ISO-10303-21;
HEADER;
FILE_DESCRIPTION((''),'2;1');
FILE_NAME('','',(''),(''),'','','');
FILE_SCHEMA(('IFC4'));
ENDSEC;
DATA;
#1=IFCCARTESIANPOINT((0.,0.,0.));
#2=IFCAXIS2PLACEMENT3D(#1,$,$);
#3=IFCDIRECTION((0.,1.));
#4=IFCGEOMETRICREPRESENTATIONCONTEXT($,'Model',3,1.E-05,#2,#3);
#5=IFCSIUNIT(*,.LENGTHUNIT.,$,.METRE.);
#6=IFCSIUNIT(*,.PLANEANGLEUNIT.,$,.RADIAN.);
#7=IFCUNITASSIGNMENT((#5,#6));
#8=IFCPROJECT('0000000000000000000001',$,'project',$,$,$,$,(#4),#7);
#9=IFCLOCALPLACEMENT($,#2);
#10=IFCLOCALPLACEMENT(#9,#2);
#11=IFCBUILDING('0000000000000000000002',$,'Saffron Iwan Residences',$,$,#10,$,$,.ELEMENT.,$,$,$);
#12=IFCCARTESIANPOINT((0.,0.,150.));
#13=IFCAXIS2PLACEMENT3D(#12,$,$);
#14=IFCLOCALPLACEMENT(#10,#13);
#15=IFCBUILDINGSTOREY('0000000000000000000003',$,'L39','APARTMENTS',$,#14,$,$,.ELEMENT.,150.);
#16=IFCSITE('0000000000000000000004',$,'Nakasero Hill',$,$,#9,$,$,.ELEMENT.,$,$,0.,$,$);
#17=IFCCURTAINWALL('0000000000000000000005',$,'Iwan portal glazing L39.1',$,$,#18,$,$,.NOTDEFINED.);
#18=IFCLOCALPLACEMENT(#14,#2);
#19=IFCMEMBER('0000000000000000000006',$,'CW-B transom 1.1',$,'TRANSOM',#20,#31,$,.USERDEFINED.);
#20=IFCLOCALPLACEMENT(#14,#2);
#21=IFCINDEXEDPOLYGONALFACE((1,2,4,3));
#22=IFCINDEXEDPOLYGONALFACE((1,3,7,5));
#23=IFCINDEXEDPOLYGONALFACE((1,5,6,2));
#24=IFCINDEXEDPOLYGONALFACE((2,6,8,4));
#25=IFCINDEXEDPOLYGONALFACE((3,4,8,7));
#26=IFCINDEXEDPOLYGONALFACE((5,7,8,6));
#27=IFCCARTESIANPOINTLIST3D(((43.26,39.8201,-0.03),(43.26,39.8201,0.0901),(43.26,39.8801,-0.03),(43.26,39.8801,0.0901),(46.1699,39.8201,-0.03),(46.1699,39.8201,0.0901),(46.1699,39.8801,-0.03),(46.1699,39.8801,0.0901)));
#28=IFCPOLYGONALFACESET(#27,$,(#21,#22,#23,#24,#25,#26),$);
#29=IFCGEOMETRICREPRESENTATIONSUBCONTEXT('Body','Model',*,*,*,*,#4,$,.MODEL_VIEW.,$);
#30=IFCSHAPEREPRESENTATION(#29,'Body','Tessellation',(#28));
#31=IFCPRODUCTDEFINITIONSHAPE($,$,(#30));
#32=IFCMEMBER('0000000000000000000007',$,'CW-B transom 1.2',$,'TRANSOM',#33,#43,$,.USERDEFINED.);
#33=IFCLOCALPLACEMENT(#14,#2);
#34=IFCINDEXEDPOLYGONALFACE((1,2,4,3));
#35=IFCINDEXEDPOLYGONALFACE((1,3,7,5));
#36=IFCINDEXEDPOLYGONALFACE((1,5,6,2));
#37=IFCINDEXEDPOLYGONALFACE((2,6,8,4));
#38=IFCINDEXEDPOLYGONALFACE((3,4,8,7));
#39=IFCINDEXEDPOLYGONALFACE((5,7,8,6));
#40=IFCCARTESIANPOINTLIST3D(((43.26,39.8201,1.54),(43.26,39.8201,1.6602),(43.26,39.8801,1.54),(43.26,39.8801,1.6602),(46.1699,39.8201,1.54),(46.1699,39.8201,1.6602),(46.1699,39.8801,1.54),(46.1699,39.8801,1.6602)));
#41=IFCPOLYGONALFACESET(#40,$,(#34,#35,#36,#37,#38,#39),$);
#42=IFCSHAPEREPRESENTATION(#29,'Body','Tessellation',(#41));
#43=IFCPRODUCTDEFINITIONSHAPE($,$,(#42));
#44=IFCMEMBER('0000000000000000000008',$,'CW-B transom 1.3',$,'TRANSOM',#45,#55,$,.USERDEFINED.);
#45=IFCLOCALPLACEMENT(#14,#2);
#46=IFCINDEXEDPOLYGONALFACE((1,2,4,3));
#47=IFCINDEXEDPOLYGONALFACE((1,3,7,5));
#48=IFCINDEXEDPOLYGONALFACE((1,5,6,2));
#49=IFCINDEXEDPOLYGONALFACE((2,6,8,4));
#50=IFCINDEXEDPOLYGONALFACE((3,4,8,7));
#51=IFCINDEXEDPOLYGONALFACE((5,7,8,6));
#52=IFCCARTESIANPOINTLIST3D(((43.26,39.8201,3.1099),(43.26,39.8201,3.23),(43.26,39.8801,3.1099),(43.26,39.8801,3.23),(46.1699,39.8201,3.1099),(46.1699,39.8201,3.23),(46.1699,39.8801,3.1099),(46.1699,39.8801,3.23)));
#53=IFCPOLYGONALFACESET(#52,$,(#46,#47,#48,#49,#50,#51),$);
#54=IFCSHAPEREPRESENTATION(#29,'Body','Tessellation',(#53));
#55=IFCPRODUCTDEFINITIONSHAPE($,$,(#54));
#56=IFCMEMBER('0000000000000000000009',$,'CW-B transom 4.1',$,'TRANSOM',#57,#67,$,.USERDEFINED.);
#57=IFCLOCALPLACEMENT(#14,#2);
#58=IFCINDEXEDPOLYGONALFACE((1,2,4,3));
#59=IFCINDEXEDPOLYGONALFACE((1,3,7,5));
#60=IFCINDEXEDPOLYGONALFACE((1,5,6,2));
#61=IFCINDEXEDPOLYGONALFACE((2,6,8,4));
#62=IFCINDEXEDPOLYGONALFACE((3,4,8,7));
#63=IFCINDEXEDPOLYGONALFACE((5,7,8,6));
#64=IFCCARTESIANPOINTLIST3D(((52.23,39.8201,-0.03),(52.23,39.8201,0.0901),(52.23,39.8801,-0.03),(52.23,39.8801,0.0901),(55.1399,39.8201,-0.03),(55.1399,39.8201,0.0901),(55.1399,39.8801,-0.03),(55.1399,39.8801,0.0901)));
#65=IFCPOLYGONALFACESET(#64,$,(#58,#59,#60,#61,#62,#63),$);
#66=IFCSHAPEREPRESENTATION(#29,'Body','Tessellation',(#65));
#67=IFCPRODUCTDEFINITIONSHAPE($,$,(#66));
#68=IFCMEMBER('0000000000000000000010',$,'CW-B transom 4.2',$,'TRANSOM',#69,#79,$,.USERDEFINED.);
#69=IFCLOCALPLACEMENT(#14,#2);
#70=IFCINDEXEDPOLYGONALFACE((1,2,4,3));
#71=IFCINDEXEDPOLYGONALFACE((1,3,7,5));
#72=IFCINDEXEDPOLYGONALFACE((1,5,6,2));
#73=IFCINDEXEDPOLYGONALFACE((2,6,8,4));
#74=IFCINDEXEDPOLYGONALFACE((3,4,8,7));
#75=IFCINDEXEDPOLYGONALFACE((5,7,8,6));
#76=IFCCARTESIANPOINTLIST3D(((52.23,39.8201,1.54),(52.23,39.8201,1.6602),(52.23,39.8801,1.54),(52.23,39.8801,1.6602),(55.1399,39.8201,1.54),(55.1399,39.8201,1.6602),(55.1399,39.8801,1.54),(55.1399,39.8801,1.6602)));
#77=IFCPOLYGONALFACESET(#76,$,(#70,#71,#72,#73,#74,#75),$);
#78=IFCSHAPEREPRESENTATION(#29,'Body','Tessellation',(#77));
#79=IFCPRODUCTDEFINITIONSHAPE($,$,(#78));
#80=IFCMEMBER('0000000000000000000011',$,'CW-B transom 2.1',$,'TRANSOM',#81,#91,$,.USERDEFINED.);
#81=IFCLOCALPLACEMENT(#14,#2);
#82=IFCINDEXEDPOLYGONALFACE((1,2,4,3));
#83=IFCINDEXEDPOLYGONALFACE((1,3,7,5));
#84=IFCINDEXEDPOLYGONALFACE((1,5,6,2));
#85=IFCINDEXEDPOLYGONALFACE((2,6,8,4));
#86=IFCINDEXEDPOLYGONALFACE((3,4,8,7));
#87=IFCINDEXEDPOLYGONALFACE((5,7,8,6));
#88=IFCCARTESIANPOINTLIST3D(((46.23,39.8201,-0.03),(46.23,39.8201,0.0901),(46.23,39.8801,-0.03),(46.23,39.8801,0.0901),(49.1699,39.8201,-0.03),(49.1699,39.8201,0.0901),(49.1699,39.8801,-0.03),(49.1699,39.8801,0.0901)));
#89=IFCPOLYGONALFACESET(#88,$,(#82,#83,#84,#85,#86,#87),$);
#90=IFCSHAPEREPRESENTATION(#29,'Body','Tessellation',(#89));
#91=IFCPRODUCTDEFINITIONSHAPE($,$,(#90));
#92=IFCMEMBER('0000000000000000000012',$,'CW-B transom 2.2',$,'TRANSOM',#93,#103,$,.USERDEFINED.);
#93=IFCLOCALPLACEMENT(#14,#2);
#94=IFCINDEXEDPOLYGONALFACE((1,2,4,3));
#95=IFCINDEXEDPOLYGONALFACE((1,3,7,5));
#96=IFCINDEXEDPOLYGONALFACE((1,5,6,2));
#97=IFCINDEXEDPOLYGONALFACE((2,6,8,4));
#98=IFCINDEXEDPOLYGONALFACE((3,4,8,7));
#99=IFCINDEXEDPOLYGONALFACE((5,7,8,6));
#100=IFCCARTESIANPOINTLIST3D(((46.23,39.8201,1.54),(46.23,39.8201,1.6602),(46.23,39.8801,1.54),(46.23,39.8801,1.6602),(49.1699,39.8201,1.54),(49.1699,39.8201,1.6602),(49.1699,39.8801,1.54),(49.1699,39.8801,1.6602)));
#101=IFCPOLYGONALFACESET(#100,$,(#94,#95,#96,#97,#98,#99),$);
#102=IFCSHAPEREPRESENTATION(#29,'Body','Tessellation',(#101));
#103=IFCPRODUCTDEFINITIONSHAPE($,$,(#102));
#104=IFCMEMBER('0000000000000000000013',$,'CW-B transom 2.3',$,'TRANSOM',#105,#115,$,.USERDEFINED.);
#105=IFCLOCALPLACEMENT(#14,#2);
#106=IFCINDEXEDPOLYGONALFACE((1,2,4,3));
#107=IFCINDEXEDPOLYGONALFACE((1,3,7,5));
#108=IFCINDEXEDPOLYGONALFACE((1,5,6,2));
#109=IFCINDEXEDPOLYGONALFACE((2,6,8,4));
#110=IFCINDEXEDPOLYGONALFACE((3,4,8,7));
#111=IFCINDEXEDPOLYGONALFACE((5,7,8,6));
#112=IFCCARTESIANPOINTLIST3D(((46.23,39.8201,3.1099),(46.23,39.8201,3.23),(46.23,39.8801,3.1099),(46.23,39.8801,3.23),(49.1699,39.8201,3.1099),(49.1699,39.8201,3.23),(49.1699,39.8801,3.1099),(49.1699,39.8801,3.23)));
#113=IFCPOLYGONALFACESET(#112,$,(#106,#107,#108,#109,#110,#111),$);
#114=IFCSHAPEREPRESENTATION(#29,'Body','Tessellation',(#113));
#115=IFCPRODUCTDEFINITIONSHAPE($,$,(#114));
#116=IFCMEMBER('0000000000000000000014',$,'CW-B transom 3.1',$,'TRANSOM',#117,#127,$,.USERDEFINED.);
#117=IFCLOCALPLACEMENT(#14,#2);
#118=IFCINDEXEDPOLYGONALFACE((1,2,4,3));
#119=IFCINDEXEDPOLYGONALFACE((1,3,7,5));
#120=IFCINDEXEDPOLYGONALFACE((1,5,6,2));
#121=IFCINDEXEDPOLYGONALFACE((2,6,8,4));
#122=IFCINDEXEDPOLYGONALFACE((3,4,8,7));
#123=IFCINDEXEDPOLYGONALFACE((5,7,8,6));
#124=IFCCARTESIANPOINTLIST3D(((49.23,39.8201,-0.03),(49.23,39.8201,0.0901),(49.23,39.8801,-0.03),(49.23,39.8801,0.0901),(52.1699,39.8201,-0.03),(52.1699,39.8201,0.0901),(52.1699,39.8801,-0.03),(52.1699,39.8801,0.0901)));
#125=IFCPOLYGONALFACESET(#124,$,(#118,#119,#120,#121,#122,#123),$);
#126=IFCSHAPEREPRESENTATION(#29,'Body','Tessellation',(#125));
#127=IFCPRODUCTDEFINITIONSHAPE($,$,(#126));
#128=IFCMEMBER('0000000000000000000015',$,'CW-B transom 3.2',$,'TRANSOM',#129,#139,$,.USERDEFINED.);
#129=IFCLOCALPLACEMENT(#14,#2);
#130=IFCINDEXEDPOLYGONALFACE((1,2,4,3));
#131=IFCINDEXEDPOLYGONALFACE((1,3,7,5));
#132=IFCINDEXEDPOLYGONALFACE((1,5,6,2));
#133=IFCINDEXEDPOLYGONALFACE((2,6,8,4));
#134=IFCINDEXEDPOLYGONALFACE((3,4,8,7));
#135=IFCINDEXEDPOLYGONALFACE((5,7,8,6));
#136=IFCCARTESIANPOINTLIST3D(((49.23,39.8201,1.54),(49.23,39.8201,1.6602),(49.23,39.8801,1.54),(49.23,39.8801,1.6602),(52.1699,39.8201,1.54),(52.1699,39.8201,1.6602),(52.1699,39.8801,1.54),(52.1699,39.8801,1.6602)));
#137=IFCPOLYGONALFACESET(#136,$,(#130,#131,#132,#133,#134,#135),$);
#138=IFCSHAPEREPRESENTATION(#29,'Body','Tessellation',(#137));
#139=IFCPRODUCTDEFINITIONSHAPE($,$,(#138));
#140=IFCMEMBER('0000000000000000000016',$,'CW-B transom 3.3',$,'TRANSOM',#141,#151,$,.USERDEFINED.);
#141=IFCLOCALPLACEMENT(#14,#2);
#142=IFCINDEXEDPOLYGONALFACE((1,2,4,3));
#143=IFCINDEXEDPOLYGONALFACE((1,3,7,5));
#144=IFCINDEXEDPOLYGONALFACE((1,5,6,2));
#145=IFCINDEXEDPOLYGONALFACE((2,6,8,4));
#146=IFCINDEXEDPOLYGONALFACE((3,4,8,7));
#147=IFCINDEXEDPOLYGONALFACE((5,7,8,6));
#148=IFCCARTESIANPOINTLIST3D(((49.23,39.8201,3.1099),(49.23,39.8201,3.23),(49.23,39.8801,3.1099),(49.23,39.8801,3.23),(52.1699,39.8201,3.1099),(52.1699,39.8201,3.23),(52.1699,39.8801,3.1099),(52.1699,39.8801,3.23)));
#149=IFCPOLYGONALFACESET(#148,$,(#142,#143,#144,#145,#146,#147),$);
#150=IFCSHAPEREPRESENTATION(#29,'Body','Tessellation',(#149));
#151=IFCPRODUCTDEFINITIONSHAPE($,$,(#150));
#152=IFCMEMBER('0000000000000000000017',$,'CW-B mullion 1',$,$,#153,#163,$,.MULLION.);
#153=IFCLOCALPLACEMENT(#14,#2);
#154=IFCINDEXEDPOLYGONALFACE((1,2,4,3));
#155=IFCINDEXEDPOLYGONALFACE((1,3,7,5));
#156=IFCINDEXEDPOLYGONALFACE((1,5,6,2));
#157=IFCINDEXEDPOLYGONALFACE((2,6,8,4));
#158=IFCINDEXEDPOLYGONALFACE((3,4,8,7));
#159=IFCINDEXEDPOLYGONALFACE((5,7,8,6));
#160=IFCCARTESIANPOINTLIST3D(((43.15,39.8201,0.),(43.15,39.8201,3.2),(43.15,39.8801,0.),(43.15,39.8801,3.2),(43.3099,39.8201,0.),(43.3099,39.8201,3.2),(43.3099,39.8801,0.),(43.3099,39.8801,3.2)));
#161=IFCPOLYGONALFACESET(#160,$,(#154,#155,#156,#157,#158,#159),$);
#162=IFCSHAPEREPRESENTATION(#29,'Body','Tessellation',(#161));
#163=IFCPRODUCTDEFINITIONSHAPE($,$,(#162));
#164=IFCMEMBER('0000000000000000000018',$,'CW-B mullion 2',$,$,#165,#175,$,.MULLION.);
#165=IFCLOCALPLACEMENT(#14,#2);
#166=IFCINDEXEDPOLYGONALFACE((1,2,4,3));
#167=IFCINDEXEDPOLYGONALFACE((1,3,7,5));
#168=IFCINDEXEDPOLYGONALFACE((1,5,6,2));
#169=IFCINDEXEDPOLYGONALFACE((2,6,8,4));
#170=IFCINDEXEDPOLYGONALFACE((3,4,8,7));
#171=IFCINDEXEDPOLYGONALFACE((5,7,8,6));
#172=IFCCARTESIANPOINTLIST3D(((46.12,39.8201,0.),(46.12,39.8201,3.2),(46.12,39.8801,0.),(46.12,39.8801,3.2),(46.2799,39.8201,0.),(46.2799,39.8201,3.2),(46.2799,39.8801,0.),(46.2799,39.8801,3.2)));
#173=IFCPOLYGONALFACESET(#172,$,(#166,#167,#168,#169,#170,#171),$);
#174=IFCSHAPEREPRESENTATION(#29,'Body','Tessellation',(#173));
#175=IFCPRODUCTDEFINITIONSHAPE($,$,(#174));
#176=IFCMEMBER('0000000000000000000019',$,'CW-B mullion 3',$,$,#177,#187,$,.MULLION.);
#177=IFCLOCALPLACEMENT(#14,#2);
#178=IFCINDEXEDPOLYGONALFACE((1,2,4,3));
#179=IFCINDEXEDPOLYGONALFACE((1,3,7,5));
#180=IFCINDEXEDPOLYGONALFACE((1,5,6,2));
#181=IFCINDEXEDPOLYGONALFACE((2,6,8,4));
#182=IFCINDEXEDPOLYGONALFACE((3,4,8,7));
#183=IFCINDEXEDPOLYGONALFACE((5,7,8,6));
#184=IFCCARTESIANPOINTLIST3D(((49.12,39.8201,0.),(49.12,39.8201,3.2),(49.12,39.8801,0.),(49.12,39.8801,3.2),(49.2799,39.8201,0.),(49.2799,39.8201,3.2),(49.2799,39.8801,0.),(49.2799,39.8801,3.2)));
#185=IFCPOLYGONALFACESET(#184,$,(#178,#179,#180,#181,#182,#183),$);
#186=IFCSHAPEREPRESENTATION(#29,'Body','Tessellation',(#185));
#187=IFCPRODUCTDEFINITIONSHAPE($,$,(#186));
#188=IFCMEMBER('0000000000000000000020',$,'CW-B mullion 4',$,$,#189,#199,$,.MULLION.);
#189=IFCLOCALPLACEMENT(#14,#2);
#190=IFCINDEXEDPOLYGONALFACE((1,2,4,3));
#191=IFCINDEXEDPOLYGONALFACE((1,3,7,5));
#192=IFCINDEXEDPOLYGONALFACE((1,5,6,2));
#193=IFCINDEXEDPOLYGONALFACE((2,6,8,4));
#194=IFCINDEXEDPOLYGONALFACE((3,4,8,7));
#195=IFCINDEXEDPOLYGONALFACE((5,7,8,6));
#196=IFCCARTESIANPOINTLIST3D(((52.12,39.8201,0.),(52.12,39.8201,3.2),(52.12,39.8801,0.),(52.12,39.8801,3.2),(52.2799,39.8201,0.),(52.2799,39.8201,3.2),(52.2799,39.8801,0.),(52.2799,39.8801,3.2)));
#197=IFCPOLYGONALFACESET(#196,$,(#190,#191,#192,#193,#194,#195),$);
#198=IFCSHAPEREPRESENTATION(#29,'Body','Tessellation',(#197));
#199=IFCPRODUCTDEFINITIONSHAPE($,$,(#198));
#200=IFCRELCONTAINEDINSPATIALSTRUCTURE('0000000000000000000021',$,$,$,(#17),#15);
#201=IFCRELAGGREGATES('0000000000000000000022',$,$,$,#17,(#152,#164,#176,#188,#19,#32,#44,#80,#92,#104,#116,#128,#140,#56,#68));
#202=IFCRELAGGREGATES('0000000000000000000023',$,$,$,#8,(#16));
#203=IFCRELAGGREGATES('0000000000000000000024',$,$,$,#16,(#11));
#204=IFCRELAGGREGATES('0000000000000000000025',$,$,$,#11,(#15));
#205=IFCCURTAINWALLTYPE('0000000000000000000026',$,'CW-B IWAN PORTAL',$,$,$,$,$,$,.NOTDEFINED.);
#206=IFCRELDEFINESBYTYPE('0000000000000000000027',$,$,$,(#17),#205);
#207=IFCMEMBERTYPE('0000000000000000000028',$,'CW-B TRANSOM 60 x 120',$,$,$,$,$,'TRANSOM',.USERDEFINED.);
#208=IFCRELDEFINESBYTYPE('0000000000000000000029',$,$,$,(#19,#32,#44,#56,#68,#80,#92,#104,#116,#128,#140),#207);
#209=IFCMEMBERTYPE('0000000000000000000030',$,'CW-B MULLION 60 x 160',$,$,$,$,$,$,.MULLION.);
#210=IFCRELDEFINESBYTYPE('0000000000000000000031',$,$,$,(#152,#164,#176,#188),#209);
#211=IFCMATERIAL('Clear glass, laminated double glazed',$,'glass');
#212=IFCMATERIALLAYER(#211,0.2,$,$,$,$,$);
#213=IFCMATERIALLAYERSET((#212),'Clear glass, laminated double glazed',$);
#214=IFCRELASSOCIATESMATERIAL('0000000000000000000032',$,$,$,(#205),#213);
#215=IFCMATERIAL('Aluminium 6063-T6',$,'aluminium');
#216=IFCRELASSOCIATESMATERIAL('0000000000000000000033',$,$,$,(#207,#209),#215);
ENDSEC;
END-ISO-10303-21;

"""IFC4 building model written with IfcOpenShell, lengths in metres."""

from ifc_helpers import new_model, si_unit, direction, frame, origin, origin_2d, place, context, subcontext, project, spatial, rectangle, extrude, source, transform, mapped, material, layer, layer_set, material_profile, profile_set, type_object, element, aggregate, save


model = new_model("IFC4")

# Units and contexts
model_context = context("Model", 3, precision=1e-05, world=origin(), true_north=direction((0.0, 1.0)))
body_context = subcontext(model_context, "Body", "Model", "MODEL_VIEW")
ifc_project = project(units=[si_unit("LENGTHUNIT", "METRE"), si_unit("PLANEANGLEUNIT", "RADIAN")], contexts=[model_context])

# Site, building, storey
site_placement = place(None, origin())
site = spatial("IfcSite", under=ifc_project, at=site_placement, Name="Nakasero Hill", CompositionType="ELEMENT", RefElevation=0.0)
building_placement = place(site_placement, origin())
building = spatial("IfcBuilding", under=site, at=building_placement, Name="Saffron Iwan Residences", CompositionType="ELEMENT")
storey_placement = place(building_placement, frame((0.0, 0.0, 150.0)))
storey = spatial("IfcBuildingStorey", under=building, at=storey_placement, Name="L39", Description="APARTMENTS", CompositionType="ELEMENT", Elevation=150.0)

# Curtain wall, members
ifc_material_1 = material(Name="Clear glass, laminated double glazed", Category="glass")
ifc_layer_1 = layer(ifc_material_1, 0.2)
ifc_layer_set_1 = layer_set([ifc_layer_1], Name="Clear glass, laminated double glazed")
curtain_wall_type = type_object("IfcCurtainWallType", Name="CW-B IWAN PORTAL", PredefinedType="NOTDEFINED", material=ifc_layer_set_1)
curtain_wall_placement = place(storey_placement, origin())
curtain_wall = element("IfcCurtainWall", 1, at=curtain_wall_placement, inside=storey, type_object=curtain_wall_type, Name="Iwan portal glazing L39.1", PredefinedType="NOTDEFINED")
ifc_material_2 = material(Name="Aluminium 6063-T6", Category="aluminium")
ifc_material_profile_1 = material_profile(ifc_material_2, rectangle(XDim=0.0601, YDim=0.1201, at=origin_2d()), Name="CW-B TRANSOM 60 x 120")
ifc_profile_set_1 = profile_set([ifc_material_profile_1], Name="Aluminium 6063-T6")
member_type_1 = type_object("IfcMemberType", Name="CW-B TRANSOM 60 x 120", ElementType="TRANSOM", PredefinedType="USERDEFINED", material=ifc_profile_set_1)
shared_shape_1 = source(origin(), body_context, "Body", "SweptSolid", [
    extrude(rectangle(XDim=0.0601, YDim=0.1201, at=origin_2d()), origin(), (0.0, 0.0, 1.0), 2.9099),
])
member_1_placement = place(storey_placement, frame((43.26, 39.8501, 0.03), z_axis=(1.0, 0.0, 0.0), x_axis=(0.0, 1.0, 0.0)))
member_1 = element("IfcMember", 2, at=member_1_placement, type_object=member_type_1, Name="CW-B transom 1.1", ObjectType="TRANSOM", PredefinedType="USERDEFINED", context=body_context, shape_type="MappedRepresentation", body=[
    mapped(shared_shape_1, transform((0.0, 0.0, 0.0))),
])
member_2_placement = place(storey_placement, frame((43.26, 39.8501, 1.6001), z_axis=(1.0, 0.0, 0.0), x_axis=(0.0, 1.0, 0.0)))
member_2 = element("IfcMember", 3, at=member_2_placement, type_object=member_type_1, Name="CW-B transom 1.2", ObjectType="TRANSOM", PredefinedType="USERDEFINED", context=body_context, shape_type="MappedRepresentation", body=[
    mapped(shared_shape_1, transform((0.0, 0.0, 0.0))),
])
member_3_placement = place(storey_placement, frame((43.26, 39.8501, 3.1699), z_axis=(1.0, 0.0, 0.0), x_axis=(0.0, 1.0, 0.0)))
member_3 = element("IfcMember", 4, at=member_3_placement, type_object=member_type_1, Name="CW-B transom 1.3", ObjectType="TRANSOM", PredefinedType="USERDEFINED", context=body_context, shape_type="MappedRepresentation", body=[
    mapped(shared_shape_1, transform((0.0, 0.0, 0.0))),
])
member_4_placement = place(storey_placement, frame((52.23, 39.8501, 0.03), z_axis=(1.0, 0.0, 0.0), x_axis=(0.0, 1.0, 0.0)))
member_4 = element("IfcMember", 5, at=member_4_placement, type_object=member_type_1, Name="CW-B transom 4.1", ObjectType="TRANSOM", PredefinedType="USERDEFINED", context=body_context, shape_type="MappedRepresentation", body=[
    mapped(shared_shape_1, transform((0.0, 0.0, 0.0))),
])
member_5_placement = place(storey_placement, frame((52.23, 39.8501, 1.6001), z_axis=(1.0, 0.0, 0.0), x_axis=(0.0, 1.0, 0.0)))
member_5 = element("IfcMember", 6, at=member_5_placement, type_object=member_type_1, Name="CW-B transom 4.2", ObjectType="TRANSOM", PredefinedType="USERDEFINED", context=body_context, shape_type="MappedRepresentation", body=[
    mapped(shared_shape_1, transform((0.0, 0.0, 0.0))),
])
shared_shape_2 = source(origin(), body_context, "Body", "SweptSolid", [
    extrude(rectangle(XDim=0.0601, YDim=0.1201, at=origin_2d()), origin(), (0.0, 0.0, 1.0), 2.9399),
])
member_6_placement = place(storey_placement, frame((46.23, 39.8501, 0.03), z_axis=(1.0, 0.0, 0.0), x_axis=(0.0, 1.0, 0.0)))
member_6 = element("IfcMember", 7, at=member_6_placement, type_object=member_type_1, Name="CW-B transom 2.1", ObjectType="TRANSOM", PredefinedType="USERDEFINED", context=body_context, shape_type="MappedRepresentation", body=[
    mapped(shared_shape_2, transform((0.0, 0.0, 0.0))),
])
member_7_placement = place(storey_placement, frame((46.23, 39.8501, 1.6001), z_axis=(1.0, 0.0, 0.0), x_axis=(0.0, 1.0, 0.0)))
member_7 = element("IfcMember", 8, at=member_7_placement, type_object=member_type_1, Name="CW-B transom 2.2", ObjectType="TRANSOM", PredefinedType="USERDEFINED", context=body_context, shape_type="MappedRepresentation", body=[
    mapped(shared_shape_2, transform((0.0, 0.0, 0.0))),
])
member_8_placement = place(storey_placement, frame((46.23, 39.8501, 3.1699), z_axis=(1.0, 0.0, 0.0), x_axis=(0.0, 1.0, 0.0)))
member_8 = element("IfcMember", 9, at=member_8_placement, type_object=member_type_1, Name="CW-B transom 2.3", ObjectType="TRANSOM", PredefinedType="USERDEFINED", context=body_context, shape_type="MappedRepresentation", body=[
    mapped(shared_shape_2, transform((0.0, 0.0, 0.0))),
])
member_9_placement = place(storey_placement, frame((49.23, 39.8501, 0.03), z_axis=(1.0, 0.0, 0.0), x_axis=(0.0, 1.0, 0.0)))
member_9 = element("IfcMember", 10, at=member_9_placement, type_object=member_type_1, Name="CW-B transom 3.1", ObjectType="TRANSOM", PredefinedType="USERDEFINED", context=body_context, shape_type="MappedRepresentation", body=[
    mapped(shared_shape_2, transform((0.0, 0.0, 0.0))),
])
member_10_placement = place(storey_placement, frame((49.23, 39.8501, 1.6001), z_axis=(1.0, 0.0, 0.0), x_axis=(0.0, 1.0, 0.0)))
member_10 = element("IfcMember", 11, at=member_10_placement, type_object=member_type_1, Name="CW-B transom 3.2", ObjectType="TRANSOM", PredefinedType="USERDEFINED", context=body_context, shape_type="MappedRepresentation", body=[
    mapped(shared_shape_2, transform((0.0, 0.0, 0.0))),
])
member_11_placement = place(storey_placement, frame((49.23, 39.8501, 3.1699), z_axis=(1.0, 0.0, 0.0), x_axis=(0.0, 1.0, 0.0)))
member_11 = element("IfcMember", 12, at=member_11_placement, type_object=member_type_1, Name="CW-B transom 3.3", ObjectType="TRANSOM", PredefinedType="USERDEFINED", context=body_context, shape_type="MappedRepresentation", body=[
    mapped(shared_shape_2, transform((0.0, 0.0, 0.0))),
])
ifc_material_profile_2 = material_profile(ifc_material_2, rectangle(XDim=0.0601, YDim=0.1599, at=origin_2d()), Name="CW-B MULLION 60 x 160")
ifc_profile_set_2 = profile_set([ifc_material_profile_2], Name="Aluminium 6063-T6")
member_type_2 = type_object("IfcMemberType", Name="CW-B MULLION 60 x 160", PredefinedType="MULLION", material=ifc_profile_set_2)
shared_shape_3 = source(origin(), body_context, "Body", "SweptSolid", [
    extrude(rectangle(XDim=0.0601, YDim=0.1599, at=origin_2d()), origin(), (0.0, 0.0, 1.0), 3.2),
])
member_12_placement = place(storey_placement, frame((43.23, 39.8501, 0.0), z_axis=(0.0, 0.0, 1.0), x_axis=(0.0, 1.0, 0.0)))
member_12 = element("IfcMember", 13, at=member_12_placement, type_object=member_type_2, Name="CW-B mullion 1", PredefinedType="MULLION", context=body_context, shape_type="MappedRepresentation", body=[
    mapped(shared_shape_3, transform((0.0, 0.0, 0.0))),
])
member_13_placement = place(storey_placement, frame((46.2, 39.8501, 0.0), z_axis=(0.0, 0.0, 1.0), x_axis=(0.0, 1.0, 0.0)))
member_13 = element("IfcMember", 14, at=member_13_placement, type_object=member_type_2, Name="CW-B mullion 2", PredefinedType="MULLION", context=body_context, shape_type="MappedRepresentation", body=[
    mapped(shared_shape_3, transform((0.0, 0.0, 0.0))),
])
member_14_placement = place(storey_placement, frame((49.2, 39.8501, 0.0), z_axis=(0.0, 0.0, 1.0), x_axis=(0.0, 1.0, 0.0)))
member_14 = element("IfcMember", 15, at=member_14_placement, type_object=member_type_2, Name="CW-B mullion 3", PredefinedType="MULLION", context=body_context, shape_type="MappedRepresentation", body=[
    mapped(shared_shape_3, transform((0.0, 0.0, 0.0))),
])
member_15_placement = place(storey_placement, frame((52.2, 39.8501, 0.0), z_axis=(0.0, 0.0, 1.0), x_axis=(0.0, 1.0, 0.0)))
member_15 = element("IfcMember", 16, at=member_15_placement, type_object=member_type_2, Name="CW-B mullion 4", PredefinedType="MULLION", context=body_context, shape_type="MappedRepresentation", body=[
    mapped(shared_shape_3, transform((0.0, 0.0, 0.0))),
])
aggregate(curtain_wall, [member_12, member_13, member_14, member_15, member_1, member_2, member_3, member_6, member_7, member_8, member_9, member_10, member_11, member_4, member_5])

save(model, "model.ifc")
